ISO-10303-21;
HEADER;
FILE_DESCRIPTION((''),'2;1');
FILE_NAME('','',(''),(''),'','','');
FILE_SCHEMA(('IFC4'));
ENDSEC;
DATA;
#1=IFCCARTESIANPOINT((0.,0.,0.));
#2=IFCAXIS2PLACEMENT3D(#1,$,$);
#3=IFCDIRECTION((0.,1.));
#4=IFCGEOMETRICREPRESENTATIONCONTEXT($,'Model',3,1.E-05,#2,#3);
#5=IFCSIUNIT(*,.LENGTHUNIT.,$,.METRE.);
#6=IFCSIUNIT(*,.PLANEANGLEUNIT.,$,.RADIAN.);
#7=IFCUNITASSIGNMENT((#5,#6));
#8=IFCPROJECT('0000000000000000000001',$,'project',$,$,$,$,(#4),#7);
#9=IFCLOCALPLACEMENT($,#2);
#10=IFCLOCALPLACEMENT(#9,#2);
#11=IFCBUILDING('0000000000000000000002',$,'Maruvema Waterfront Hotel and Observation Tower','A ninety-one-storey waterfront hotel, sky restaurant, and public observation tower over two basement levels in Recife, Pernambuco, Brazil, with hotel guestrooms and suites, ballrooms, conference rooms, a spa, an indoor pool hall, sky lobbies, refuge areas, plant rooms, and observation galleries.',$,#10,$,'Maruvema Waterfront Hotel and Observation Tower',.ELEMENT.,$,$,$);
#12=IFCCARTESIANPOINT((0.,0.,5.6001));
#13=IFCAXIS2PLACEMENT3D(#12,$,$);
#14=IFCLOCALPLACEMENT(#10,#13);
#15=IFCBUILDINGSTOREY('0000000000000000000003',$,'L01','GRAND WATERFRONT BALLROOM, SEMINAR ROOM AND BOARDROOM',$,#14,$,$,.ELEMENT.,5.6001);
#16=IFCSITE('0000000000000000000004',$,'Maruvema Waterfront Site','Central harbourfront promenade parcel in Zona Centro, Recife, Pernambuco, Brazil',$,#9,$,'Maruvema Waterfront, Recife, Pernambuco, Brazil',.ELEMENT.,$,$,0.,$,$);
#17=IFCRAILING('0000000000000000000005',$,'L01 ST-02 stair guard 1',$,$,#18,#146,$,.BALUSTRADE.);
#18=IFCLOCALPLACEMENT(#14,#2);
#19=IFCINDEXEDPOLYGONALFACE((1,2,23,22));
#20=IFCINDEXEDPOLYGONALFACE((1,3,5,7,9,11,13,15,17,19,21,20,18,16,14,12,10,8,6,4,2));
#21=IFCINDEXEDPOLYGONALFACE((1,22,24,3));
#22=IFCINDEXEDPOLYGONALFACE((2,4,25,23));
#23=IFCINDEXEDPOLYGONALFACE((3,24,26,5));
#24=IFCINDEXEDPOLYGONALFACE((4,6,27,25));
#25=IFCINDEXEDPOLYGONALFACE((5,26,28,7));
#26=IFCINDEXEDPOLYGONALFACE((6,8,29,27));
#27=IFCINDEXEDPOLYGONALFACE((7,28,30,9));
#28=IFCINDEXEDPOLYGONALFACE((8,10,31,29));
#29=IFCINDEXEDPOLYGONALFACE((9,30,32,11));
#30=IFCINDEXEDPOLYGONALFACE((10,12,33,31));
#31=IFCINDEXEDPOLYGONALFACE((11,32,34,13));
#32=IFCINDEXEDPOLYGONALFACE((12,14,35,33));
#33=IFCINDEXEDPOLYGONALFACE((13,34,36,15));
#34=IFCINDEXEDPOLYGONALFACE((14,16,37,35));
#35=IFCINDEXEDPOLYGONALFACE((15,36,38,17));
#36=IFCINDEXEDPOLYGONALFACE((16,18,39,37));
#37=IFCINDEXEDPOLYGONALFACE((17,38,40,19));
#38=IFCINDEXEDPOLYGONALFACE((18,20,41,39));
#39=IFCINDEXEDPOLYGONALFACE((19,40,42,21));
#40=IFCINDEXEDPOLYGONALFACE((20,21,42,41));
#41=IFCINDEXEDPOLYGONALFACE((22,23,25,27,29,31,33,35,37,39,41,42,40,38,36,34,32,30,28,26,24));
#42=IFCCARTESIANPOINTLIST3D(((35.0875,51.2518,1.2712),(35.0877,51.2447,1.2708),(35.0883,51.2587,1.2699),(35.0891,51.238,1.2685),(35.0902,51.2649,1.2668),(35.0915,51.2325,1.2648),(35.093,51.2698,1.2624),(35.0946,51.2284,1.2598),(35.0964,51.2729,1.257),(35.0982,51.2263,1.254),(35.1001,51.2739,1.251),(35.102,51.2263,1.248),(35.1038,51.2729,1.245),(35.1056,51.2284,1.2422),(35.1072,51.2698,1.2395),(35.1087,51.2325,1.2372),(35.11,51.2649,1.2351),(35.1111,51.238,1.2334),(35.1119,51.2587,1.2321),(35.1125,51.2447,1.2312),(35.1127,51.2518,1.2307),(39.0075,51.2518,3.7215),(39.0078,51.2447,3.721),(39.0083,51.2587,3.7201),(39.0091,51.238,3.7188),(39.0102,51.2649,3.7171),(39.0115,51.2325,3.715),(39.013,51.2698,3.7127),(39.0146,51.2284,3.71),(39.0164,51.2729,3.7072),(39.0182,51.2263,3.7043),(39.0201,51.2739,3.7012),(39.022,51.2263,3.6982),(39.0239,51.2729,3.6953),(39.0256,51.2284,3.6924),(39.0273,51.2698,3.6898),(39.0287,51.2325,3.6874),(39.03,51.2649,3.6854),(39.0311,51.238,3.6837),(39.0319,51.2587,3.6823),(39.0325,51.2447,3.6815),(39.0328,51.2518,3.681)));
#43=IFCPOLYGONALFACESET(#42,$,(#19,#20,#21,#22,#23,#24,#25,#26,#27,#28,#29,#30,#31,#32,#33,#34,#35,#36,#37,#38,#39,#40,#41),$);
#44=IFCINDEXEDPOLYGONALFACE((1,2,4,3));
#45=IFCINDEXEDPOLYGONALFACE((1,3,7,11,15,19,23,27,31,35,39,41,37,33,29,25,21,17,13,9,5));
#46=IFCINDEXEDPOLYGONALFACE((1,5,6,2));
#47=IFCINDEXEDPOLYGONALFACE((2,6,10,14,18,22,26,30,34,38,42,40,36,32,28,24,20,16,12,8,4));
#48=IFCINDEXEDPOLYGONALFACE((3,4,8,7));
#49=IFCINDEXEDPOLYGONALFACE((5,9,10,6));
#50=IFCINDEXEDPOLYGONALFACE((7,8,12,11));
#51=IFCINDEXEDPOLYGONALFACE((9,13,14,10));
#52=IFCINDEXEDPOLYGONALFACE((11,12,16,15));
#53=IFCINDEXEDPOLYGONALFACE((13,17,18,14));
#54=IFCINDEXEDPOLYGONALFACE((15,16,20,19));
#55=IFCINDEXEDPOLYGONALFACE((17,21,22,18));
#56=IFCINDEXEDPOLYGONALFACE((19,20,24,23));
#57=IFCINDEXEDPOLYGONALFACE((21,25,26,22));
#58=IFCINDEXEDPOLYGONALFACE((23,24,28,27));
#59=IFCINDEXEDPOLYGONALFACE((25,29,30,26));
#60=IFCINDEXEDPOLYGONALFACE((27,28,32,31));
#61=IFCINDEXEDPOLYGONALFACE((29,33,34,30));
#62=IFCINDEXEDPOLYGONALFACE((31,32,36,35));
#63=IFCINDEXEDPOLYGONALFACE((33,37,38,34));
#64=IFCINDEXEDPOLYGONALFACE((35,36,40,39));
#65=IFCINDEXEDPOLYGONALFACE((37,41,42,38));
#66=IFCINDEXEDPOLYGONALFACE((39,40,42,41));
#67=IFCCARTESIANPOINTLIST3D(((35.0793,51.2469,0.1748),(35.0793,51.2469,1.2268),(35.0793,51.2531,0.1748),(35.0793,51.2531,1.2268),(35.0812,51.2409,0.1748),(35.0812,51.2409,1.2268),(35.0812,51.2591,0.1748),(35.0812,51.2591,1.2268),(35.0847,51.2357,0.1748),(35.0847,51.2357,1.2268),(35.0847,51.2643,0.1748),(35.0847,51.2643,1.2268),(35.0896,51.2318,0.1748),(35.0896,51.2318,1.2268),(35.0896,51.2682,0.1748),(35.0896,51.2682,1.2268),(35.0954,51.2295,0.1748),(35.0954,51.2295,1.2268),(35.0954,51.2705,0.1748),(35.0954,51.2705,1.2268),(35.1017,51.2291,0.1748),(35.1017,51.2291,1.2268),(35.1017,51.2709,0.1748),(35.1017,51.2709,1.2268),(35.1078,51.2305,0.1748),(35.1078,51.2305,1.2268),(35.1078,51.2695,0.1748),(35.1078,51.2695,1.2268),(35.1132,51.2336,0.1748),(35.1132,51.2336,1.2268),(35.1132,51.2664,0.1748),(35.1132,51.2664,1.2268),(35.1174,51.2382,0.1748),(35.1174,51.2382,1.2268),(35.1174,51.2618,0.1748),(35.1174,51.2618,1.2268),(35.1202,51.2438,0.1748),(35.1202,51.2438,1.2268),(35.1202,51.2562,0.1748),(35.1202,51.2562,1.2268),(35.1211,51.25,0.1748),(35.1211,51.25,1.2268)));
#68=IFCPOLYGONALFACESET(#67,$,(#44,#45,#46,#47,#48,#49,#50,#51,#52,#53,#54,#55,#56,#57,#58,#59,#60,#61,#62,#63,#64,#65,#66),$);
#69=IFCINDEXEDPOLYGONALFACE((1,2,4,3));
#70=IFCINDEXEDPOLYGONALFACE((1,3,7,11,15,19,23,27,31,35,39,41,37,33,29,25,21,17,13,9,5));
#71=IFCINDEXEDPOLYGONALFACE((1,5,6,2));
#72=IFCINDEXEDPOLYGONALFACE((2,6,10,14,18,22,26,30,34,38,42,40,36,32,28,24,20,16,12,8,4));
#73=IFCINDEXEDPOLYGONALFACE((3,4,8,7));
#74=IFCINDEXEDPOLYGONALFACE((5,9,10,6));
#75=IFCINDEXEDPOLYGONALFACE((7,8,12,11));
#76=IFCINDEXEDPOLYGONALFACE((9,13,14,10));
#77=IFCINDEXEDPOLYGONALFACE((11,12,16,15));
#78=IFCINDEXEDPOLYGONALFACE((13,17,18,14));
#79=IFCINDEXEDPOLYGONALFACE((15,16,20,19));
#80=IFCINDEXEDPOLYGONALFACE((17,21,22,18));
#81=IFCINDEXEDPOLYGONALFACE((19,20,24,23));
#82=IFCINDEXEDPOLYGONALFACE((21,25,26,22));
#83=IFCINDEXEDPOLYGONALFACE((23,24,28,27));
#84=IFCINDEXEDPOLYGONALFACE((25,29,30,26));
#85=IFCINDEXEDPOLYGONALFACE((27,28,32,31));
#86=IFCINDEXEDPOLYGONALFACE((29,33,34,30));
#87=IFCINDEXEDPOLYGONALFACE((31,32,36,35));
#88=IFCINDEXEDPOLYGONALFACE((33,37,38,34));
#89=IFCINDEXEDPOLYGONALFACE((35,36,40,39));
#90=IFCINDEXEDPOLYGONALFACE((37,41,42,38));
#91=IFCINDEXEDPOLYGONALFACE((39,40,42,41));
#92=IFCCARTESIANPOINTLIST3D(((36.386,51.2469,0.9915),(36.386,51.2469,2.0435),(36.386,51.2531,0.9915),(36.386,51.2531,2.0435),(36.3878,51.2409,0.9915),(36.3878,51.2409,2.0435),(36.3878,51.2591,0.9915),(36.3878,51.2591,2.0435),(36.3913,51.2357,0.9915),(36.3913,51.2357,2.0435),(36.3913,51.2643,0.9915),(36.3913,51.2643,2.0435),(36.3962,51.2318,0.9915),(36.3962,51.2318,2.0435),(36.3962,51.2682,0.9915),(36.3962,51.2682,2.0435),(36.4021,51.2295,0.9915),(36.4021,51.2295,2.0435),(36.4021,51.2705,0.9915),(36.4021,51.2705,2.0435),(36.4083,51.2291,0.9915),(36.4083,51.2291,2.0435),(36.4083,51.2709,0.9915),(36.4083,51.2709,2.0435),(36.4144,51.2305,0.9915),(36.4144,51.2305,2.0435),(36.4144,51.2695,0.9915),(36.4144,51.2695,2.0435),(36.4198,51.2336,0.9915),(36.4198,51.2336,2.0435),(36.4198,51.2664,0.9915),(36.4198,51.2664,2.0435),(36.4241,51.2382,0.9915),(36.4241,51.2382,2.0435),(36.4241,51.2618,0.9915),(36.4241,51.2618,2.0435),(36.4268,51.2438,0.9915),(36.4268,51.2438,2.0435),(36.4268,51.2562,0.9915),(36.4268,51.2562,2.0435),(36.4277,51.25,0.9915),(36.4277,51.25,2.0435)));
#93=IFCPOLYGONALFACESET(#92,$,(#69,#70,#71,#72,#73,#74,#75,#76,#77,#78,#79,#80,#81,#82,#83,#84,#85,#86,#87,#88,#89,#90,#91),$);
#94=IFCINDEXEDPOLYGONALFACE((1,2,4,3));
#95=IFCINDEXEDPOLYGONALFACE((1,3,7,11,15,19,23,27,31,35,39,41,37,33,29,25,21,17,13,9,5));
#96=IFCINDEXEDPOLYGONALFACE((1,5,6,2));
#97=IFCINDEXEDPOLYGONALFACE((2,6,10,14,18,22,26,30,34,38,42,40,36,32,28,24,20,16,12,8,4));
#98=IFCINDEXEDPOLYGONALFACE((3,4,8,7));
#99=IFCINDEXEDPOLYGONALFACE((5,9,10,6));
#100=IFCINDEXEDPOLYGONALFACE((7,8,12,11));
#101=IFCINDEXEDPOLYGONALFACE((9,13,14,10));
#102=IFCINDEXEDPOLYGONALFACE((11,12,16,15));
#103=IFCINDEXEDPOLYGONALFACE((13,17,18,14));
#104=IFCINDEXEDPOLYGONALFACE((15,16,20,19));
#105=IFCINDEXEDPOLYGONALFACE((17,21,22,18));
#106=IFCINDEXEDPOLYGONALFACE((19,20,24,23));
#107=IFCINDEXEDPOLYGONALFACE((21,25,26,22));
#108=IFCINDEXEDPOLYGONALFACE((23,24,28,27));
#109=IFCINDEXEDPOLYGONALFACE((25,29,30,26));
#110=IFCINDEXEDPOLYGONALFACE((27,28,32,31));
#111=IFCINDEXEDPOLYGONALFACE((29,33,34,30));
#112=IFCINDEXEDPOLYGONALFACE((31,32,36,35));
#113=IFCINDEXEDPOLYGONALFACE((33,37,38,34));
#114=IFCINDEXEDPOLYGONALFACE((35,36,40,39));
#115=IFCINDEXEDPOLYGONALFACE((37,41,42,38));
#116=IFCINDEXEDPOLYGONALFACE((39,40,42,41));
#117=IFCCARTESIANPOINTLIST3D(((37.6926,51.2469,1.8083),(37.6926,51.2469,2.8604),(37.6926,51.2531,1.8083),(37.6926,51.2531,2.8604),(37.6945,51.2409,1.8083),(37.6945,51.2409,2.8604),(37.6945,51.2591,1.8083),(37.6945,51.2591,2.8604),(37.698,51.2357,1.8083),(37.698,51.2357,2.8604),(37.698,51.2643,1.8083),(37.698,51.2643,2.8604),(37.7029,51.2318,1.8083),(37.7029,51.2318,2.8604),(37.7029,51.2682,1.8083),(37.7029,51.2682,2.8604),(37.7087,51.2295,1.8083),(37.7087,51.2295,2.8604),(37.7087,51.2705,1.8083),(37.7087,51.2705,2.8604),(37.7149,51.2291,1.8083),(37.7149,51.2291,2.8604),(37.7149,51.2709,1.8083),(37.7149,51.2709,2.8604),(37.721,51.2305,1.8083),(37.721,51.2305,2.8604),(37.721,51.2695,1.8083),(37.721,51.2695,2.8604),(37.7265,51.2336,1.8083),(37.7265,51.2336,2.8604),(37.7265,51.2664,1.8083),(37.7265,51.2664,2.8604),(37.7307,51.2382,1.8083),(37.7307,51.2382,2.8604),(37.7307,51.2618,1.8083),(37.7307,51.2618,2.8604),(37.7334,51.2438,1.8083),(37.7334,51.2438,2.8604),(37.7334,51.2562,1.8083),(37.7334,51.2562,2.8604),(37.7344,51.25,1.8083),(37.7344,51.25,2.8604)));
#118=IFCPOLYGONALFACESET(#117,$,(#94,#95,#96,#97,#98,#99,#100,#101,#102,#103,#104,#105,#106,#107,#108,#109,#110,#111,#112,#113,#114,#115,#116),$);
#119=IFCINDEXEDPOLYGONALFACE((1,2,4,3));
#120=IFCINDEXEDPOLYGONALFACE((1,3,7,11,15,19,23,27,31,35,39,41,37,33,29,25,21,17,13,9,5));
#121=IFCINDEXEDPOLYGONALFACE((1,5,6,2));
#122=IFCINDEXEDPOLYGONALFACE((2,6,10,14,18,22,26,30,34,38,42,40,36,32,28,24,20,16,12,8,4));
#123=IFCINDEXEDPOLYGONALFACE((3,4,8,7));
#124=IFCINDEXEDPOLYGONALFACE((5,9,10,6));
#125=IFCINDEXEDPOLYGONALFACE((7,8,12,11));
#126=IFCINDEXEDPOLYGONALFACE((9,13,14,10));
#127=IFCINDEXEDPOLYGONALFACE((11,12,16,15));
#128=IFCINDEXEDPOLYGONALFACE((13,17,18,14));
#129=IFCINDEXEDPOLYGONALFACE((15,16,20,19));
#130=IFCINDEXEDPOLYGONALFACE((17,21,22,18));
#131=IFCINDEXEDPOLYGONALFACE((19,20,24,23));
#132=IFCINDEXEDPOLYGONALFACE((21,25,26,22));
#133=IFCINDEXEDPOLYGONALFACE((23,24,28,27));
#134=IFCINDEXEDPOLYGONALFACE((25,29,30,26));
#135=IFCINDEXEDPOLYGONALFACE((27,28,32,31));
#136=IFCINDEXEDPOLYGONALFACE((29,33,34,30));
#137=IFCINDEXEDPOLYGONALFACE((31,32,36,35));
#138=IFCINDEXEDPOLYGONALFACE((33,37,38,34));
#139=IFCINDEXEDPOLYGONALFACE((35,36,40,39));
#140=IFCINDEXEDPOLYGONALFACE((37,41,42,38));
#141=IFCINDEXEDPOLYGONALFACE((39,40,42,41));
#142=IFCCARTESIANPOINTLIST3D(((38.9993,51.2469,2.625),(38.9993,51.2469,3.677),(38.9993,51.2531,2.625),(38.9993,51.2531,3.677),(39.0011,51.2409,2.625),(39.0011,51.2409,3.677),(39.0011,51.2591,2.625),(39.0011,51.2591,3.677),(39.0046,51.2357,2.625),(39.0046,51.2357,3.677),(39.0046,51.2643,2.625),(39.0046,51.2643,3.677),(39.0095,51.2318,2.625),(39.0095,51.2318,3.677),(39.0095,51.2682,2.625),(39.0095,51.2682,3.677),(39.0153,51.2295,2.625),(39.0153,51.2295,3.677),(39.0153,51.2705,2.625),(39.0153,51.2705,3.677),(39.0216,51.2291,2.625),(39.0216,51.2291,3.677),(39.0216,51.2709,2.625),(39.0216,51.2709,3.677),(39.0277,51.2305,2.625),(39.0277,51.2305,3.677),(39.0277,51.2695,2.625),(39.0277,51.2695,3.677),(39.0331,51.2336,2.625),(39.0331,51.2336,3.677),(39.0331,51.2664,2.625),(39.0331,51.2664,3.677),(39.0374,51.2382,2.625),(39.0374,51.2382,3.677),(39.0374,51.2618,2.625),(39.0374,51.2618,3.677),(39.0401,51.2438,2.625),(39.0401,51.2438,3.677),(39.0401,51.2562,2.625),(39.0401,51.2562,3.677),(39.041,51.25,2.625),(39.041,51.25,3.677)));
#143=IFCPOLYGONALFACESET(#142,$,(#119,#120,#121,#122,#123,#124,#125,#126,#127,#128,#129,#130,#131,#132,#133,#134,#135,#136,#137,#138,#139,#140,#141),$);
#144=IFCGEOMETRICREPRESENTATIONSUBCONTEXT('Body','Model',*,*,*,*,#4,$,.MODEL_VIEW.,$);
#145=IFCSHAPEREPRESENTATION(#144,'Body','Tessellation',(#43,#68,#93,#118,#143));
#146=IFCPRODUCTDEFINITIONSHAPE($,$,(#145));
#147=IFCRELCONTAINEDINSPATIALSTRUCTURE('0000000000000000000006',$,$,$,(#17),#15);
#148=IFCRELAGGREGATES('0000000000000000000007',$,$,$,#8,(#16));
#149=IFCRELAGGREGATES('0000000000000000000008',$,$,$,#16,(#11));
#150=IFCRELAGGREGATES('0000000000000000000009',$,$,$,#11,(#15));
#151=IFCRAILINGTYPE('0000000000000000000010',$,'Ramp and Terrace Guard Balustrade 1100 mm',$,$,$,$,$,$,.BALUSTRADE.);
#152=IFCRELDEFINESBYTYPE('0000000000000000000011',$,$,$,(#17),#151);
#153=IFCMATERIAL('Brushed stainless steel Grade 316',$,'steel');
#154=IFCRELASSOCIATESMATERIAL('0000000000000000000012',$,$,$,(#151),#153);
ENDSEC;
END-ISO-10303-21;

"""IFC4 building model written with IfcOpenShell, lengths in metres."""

from ifc_helpers import new_model, si_unit, direction, frame, origin, origin_2d, place, context, subcontext, project, spatial, circle, extrude, material, type_object, element, save


model = new_model("IFC4")

# Units and contexts
model_context = context("Model", 3, precision=1e-05, world=origin(), true_north=direction((0.0, 1.0)))
body_context = subcontext(model_context, "Body", "Model", "MODEL_VIEW")
ifc_project = project(units=[si_unit("LENGTHUNIT", "METRE"), si_unit("PLANEANGLEUNIT", "RADIAN")], contexts=[model_context])

# Site, building, storey
site_placement = place(None, origin())
site = spatial("IfcSite", under=ifc_project, at=site_placement, Name="Maruvema Waterfront Site", Description="Central harbourfront promenade parcel in Zona Centro, Recife, Pernambuco, Brazil", LongName="Maruvema Waterfront, Recife, Pernambuco, Brazil", CompositionType="ELEMENT", RefElevation=0.0)
building_placement = place(site_placement, origin())
building = spatial("IfcBuilding", under=site, at=building_placement, Name="Maruvema Waterfront Hotel and Observation Tower", Description="A ninety-one-storey waterfront hotel, sky restaurant, and public observation tower over two basement levels in Recife, Pernambuco, Brazil, with hotel guestrooms and suites, ballrooms, conference rooms, a spa, an indoor pool hall, sky lobbies, refuge areas, plant rooms, and observation galleries.", LongName="Maruvema Waterfront Hotel and Observation Tower", CompositionType="ELEMENT")
storey_placement = place(building_placement, frame((0.0, 0.0, 5.6001)))
storey = spatial("IfcBuildingStorey", under=building, at=storey_placement, Name="L01", Description="GRAND WATERFRONT BALLROOM, SEMINAR ROOM AND BOARDROOM", CompositionType="ELEMENT", Elevation=5.6001)

# Railing
ifc_material_1 = material(Name="Brushed stainless steel Grade 316", Category="steel")
railing_type_1 = type_object("IfcRailingType", Name="Ramp and Terrace Guard Balustrade 1100 mm", PredefinedType="BALUSTRADE", material=ifc_material_1)
railing_1_placement = place(storey_placement, frame((35.1001, 51.25, 0.1748)))
element("IfcRailing", 1, at=railing_1_placement, inside=storey, type_object=railing_type_1, Name="L01 ST-02 stair guard 1", PredefinedType="BALUSTRADE", context=body_context, shape_type="SweptSolid", body=[
    extrude(circle(Radius=0.0239, at=origin_2d()), frame((0.0, 0.0, 1.0762), z_axis=(0.847975, 0.0, 0.530037), x_axis=(0.0, 1.0, 0.0)), (0.0, 0.0, 1.0), 4.6228),
    extrude(circle(Radius=0.021, at=origin_2d()), origin(), (0.0, 0.0, 1.0), 1.052),
    extrude(circle(Radius=0.021, at=origin_2d()), frame((1.3066, 0.0, 0.8167)), (0.0, 0.0, 1.0), 1.052),
    extrude(circle(Radius=0.021, at=origin_2d()), frame((2.6133, 0.0, 1.6335)), (0.0, 0.0, 1.0), 1.052),
    extrude(circle(Radius=0.021, at=origin_2d()), frame((3.9199, 0.0, 2.4502)), (0.0, 0.0, 1.0), 1.052),
])

save(model, "model.ifc")
